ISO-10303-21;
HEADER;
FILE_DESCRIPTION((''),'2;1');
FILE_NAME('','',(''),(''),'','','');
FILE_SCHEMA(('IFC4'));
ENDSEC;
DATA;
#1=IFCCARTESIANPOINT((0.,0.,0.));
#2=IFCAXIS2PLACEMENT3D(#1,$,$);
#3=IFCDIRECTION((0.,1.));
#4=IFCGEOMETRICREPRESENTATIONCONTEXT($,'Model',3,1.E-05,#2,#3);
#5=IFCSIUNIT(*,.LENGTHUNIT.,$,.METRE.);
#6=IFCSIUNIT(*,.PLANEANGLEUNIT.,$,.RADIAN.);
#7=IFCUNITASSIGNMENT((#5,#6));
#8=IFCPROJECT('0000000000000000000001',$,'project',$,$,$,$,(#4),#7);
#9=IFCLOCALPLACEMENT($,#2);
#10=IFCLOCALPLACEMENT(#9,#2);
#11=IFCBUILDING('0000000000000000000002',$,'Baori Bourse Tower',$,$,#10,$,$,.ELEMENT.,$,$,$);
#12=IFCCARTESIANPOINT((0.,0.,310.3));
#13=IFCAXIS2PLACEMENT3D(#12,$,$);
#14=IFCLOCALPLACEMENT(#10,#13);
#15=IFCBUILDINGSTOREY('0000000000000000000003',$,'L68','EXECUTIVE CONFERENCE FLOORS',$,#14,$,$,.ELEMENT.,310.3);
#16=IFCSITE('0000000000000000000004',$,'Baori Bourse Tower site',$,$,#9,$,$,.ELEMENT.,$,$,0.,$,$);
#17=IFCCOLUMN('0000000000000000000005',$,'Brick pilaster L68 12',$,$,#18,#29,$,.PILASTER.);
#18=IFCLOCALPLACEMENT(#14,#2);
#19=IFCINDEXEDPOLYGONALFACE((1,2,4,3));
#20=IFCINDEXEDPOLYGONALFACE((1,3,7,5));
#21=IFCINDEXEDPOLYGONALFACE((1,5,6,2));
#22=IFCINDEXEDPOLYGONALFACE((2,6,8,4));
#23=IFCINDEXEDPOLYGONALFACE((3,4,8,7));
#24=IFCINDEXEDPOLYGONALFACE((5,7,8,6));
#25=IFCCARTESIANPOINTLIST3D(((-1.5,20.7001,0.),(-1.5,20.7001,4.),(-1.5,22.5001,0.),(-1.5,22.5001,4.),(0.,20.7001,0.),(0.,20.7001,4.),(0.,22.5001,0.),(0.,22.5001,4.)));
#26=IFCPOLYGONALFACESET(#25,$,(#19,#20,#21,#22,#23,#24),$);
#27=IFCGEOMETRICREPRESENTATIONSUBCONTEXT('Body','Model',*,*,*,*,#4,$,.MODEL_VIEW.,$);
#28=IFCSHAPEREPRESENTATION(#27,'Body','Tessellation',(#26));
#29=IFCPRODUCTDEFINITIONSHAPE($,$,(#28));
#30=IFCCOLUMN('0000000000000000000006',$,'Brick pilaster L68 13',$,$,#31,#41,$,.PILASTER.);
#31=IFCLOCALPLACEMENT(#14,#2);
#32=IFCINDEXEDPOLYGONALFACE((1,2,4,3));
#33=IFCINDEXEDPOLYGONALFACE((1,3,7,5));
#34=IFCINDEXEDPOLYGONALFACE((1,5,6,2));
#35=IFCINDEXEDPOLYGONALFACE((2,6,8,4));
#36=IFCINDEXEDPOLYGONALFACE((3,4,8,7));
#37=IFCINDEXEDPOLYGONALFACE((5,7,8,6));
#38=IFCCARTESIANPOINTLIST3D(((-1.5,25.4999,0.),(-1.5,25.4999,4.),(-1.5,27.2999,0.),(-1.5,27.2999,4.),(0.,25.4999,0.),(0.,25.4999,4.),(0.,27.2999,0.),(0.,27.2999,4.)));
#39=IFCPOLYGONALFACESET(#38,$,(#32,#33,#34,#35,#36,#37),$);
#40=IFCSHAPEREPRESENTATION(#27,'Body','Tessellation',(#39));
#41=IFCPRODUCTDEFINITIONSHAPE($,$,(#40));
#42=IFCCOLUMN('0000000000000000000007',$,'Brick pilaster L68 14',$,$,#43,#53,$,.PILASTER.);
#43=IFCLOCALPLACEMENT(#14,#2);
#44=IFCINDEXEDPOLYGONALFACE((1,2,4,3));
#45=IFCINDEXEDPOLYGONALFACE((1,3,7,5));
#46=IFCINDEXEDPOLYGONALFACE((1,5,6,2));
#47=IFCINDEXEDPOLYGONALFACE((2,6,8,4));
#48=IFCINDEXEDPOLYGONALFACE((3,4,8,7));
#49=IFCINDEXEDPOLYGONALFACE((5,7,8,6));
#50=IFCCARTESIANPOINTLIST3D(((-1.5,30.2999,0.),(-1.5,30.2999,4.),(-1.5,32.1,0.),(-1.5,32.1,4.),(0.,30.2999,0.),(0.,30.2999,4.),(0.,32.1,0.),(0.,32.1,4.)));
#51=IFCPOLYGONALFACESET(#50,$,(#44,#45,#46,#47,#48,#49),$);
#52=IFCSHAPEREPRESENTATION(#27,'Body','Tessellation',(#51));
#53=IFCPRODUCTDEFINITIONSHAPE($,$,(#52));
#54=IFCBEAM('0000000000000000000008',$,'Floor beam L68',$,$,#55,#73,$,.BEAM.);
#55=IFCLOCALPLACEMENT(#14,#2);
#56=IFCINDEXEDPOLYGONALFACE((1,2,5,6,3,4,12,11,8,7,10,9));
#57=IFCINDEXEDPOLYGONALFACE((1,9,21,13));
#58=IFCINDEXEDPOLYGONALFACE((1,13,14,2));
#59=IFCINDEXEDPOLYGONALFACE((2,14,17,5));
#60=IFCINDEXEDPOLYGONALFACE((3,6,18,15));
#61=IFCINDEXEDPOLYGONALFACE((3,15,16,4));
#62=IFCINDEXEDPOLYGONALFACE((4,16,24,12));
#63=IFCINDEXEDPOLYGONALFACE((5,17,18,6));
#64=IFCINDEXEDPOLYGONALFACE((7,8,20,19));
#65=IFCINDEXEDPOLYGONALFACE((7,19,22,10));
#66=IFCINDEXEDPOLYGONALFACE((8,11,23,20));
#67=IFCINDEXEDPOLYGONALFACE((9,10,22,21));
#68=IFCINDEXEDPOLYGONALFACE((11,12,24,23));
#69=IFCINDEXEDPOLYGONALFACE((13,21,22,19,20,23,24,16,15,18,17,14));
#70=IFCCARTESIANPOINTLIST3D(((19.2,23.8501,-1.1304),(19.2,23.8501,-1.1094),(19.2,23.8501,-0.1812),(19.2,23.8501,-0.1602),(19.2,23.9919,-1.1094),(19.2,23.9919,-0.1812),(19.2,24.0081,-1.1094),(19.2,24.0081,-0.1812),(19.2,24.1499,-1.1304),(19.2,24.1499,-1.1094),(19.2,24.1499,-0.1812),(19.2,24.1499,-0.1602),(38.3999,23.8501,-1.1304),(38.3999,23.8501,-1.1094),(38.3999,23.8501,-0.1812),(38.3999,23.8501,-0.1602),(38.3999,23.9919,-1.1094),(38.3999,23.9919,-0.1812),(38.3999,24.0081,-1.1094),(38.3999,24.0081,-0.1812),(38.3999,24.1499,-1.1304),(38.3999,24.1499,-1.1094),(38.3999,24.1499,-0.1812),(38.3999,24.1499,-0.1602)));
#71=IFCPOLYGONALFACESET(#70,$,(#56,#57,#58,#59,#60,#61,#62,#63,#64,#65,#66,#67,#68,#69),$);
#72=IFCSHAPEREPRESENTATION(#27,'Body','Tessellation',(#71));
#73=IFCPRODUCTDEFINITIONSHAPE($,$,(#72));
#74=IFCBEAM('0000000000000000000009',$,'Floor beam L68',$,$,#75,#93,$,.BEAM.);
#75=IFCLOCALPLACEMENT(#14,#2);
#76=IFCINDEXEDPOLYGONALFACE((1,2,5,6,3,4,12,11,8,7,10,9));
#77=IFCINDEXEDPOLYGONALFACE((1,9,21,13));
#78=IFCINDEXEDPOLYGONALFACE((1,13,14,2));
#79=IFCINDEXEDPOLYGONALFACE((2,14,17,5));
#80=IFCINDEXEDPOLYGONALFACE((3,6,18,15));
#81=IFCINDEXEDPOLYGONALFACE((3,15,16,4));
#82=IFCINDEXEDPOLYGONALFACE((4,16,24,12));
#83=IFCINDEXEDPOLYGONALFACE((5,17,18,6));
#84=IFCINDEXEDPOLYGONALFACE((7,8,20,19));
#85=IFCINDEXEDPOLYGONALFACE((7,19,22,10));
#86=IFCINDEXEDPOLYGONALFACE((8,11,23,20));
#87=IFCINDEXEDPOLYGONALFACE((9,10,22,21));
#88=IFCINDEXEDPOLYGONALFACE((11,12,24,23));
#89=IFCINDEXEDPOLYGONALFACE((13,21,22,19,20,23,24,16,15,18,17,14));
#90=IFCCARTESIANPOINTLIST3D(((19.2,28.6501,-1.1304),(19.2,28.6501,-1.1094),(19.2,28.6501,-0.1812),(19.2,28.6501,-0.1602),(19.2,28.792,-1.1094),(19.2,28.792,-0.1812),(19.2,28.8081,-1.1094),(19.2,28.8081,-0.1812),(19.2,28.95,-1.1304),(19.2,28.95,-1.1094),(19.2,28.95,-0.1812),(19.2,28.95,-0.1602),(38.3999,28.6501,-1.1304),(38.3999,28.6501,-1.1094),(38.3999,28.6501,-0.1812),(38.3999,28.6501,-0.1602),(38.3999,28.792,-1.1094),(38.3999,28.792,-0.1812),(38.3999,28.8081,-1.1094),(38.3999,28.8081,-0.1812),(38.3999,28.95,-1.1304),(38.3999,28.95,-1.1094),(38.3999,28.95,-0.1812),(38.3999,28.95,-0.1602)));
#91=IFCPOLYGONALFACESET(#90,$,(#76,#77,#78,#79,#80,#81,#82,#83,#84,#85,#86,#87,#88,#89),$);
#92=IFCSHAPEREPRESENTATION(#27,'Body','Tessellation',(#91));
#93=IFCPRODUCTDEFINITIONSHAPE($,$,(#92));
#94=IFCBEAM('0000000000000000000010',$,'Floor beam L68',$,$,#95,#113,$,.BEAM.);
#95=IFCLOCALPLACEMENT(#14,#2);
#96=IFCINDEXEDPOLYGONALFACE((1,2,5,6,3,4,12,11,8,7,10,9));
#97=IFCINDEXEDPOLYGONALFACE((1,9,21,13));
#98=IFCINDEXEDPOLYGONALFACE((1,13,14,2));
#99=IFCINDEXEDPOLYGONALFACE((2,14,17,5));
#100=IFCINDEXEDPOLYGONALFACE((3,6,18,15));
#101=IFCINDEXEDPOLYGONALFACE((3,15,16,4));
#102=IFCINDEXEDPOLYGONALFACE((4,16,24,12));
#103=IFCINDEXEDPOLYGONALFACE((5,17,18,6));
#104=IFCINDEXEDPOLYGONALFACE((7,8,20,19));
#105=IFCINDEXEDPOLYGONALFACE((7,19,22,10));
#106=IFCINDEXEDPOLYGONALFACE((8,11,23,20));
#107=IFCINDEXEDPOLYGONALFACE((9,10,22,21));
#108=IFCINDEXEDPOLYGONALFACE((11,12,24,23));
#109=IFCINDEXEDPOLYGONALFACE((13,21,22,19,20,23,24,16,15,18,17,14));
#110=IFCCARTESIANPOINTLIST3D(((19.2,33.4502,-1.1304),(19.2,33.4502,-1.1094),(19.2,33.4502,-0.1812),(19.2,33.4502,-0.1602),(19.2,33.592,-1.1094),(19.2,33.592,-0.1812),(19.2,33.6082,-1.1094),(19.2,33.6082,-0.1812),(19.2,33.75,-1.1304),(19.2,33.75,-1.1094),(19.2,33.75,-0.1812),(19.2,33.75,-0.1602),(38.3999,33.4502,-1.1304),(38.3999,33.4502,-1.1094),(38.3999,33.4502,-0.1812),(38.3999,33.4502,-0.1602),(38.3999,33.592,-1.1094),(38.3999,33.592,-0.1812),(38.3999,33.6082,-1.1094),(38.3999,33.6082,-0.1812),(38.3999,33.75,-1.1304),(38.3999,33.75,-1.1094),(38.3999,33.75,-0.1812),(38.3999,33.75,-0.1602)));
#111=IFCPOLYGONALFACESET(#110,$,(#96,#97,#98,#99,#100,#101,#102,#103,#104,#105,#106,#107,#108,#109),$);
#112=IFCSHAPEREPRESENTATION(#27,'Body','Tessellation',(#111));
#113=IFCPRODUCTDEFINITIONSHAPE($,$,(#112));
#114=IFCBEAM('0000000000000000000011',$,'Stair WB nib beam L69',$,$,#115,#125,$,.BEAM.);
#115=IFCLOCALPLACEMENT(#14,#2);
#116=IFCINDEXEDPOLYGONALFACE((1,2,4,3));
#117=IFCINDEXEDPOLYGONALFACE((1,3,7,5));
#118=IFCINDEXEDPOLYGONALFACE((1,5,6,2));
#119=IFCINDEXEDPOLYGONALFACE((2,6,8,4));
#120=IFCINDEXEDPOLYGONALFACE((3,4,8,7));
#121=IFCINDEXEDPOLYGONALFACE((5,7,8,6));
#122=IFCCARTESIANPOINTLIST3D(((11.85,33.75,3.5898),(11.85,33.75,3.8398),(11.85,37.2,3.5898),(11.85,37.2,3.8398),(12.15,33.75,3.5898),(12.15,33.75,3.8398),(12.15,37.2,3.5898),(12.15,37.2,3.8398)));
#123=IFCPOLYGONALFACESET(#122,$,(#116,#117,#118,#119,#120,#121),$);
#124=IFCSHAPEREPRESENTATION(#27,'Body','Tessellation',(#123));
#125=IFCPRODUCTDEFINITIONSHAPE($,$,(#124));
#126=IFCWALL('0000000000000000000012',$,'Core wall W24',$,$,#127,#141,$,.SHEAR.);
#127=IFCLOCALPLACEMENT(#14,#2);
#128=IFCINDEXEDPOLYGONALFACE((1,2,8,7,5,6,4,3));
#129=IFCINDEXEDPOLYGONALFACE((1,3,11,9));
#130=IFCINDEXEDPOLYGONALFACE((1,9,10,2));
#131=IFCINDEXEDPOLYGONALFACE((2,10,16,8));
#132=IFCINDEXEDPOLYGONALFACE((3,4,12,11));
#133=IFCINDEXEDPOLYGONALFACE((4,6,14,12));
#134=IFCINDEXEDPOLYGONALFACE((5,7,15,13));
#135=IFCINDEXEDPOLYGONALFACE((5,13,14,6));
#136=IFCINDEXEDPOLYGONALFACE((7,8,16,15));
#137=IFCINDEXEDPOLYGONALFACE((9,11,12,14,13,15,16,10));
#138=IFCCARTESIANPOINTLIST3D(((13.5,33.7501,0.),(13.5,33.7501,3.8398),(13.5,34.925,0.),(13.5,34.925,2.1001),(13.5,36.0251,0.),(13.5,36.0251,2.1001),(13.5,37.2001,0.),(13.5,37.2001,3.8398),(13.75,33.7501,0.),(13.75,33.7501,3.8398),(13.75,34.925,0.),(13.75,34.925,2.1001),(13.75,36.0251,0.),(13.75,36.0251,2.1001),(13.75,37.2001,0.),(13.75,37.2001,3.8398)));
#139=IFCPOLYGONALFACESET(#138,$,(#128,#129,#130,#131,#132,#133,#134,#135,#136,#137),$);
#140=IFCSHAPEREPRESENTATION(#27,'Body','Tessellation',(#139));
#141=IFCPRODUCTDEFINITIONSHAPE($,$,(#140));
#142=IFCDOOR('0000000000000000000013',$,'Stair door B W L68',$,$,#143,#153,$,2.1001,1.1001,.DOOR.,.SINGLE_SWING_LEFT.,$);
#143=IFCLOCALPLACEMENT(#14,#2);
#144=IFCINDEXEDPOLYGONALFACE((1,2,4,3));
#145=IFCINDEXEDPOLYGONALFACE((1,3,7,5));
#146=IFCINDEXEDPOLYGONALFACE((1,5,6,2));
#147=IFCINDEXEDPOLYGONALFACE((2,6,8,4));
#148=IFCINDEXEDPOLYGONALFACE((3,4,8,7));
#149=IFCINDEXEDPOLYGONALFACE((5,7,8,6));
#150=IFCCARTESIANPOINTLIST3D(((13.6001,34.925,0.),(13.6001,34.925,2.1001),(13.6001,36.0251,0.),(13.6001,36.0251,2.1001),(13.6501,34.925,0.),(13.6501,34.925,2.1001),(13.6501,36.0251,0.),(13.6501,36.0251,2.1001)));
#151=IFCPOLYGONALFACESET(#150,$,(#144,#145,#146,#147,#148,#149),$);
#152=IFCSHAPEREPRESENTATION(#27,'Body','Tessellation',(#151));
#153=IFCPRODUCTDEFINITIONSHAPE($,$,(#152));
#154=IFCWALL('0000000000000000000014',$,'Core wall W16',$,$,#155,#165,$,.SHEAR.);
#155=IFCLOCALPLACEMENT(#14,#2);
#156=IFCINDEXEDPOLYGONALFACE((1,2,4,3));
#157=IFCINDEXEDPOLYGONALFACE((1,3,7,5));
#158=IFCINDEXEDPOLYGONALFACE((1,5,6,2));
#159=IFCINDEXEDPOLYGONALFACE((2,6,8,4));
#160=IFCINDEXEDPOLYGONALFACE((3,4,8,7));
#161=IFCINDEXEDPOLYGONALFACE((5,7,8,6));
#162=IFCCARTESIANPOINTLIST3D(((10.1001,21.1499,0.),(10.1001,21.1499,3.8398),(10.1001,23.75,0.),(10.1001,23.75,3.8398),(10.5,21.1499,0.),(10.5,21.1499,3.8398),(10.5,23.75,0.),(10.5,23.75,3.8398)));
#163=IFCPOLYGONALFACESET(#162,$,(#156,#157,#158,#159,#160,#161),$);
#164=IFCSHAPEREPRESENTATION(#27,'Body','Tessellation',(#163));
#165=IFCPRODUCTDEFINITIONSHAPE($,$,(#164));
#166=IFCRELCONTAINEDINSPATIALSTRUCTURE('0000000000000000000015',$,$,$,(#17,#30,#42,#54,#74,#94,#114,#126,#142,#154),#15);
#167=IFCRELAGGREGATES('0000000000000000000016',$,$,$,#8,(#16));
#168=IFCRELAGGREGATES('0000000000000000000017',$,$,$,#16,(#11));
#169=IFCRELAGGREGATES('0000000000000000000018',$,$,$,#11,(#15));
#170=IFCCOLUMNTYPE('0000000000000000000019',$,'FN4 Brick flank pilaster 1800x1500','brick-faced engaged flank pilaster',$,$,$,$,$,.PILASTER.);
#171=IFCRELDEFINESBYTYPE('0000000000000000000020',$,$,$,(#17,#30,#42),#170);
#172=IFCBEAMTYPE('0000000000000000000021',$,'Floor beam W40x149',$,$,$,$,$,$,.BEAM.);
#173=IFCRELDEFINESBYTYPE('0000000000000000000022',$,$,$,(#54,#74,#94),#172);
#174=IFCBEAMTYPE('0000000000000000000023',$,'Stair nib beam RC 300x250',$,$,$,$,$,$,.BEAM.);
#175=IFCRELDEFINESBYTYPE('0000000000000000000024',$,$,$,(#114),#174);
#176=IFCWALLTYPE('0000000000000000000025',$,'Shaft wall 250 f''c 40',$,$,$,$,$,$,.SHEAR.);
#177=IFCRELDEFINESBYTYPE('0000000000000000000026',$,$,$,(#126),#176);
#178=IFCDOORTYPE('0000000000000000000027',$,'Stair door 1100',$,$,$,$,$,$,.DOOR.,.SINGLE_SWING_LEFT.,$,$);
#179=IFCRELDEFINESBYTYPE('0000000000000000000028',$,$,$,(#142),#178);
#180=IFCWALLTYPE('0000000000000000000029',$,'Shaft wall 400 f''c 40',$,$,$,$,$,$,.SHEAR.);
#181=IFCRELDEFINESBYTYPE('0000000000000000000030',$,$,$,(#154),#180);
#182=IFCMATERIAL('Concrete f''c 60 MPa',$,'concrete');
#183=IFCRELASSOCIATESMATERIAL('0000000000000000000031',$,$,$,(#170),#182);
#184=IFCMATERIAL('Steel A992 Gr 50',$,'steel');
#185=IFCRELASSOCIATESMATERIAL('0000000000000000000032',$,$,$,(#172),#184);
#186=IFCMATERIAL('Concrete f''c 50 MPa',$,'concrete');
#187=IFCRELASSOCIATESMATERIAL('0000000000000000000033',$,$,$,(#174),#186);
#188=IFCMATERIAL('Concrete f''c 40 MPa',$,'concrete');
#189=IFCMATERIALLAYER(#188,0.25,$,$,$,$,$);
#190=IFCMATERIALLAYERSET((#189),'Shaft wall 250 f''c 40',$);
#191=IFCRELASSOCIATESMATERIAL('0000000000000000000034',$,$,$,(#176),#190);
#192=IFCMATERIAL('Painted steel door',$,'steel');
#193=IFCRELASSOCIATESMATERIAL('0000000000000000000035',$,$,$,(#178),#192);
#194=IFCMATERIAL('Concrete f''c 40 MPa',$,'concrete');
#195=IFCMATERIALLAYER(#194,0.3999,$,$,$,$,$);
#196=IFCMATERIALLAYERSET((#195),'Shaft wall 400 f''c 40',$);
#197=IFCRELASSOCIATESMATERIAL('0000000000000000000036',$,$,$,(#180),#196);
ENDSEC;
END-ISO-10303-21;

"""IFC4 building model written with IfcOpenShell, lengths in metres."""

from ifc_helpers import new_model, si_unit, direction, frame, frame_2d, origin, origin_2d, place, context, subcontext, project, spatial, rectangle, i_section, extrude, material, layer, layer_set, material_profile, profile_set, type_object, element, fill, save


model = new_model("IFC4")

# Units and contexts
model_context = context("Model", 3, precision=1e-05, world=origin(), true_north=direction((0.0, 1.0)))
body_context = subcontext(model_context, "Body", "Model", "MODEL_VIEW")
ifc_project = project(units=[si_unit("LENGTHUNIT", "METRE"), si_unit("PLANEANGLEUNIT", "RADIAN")], contexts=[model_context])

# Site, building, storey
site_placement = place(None, origin())
site = spatial("IfcSite", under=ifc_project, at=site_placement, Name="Baori Bourse Tower site", CompositionType="ELEMENT", RefElevation=0.0)
building_placement = place(site_placement, origin())
building = spatial("IfcBuilding", under=site, at=building_placement, Name="Baori Bourse Tower", CompositionType="ELEMENT")
storey_placement = place(building_placement, frame((0.0, 0.0, 310.3)))
storey = spatial("IfcBuildingStorey", under=building, at=storey_placement, Name="L68", Description="EXECUTIVE CONFERENCE FLOORS", CompositionType="ELEMENT", Elevation=310.3)

# Columns
ifc_material_1 = material(Name="Concrete f'c 60 MPa", Category="concrete")
ifc_material_profile_1 = material_profile(ifc_material_1, rectangle(XDim=1.8, YDim=1.5, at=origin_2d()), Name="RC 1800x1500")
ifc_profile_set_1 = profile_set([ifc_material_profile_1], Name="Concrete f'c 60 MPa")
column_type = type_object("IfcColumnType", Name="FN4 Brick flank pilaster 1800x1500", Description="brick-faced engaged flank pilaster", PredefinedType="PILASTER", material=ifc_profile_set_1)
for number, where, z_axis, x_axis, name in (
    (1, (-0.75, 21.6001, 0.0), (0.0, 0.0, 1.0), (0.0, 1.0, 0.0), "Brick pilaster L68 12"),
    (2, (-0.75, 26.3999, 0.0), (0.0, 0.0, 1.0), (0.0, 1.0, 0.0), "Brick pilaster L68 13"),
    (3, (-0.75, 31.2, 0.0), (0.0, 0.0, 1.0), (0.0, 1.0, 0.0), "Brick pilaster L68 14"),
):
    element("IfcColumn", number, at=place(storey_placement, frame(where, z_axis=z_axis, x_axis=x_axis)), inside=storey, type_object=column_type, Name=name, PredefinedType="PILASTER", context=body_context, shape_type="SweptSolid", body=[
        extrude(rectangle(XDim=1.8, YDim=1.5, at=origin_2d()), origin(), (0.0, 0.0, 1.0), 4.0),
    ])

# Beams
ifc_material_2 = material(Name="Steel A992 Gr 50", Category="steel")
ifc_material_profile_2 = material_profile(ifc_material_2, i_section(OverallWidth=0.2998, OverallDepth=0.9702, WebThickness=0.0161, FlangeThickness=0.021, at=origin_2d()), Name="W40x149")
ifc_profile_set_2 = profile_set([ifc_material_profile_2], Name="Steel A992 Gr 50")
beam_type_1 = type_object("IfcBeamType", Name="Floor beam W40x149", PredefinedType="BEAM", material=ifc_profile_set_2)
for number, where, z_axis, x_axis, name in (
    (4, (19.2, 24.0, -0.6453), (1.0, 0.0, 0.0), (0.0, 1.0, 0.0), "Floor beam L68"),
    (5, (19.2, 28.8, -0.6453), (1.0, 0.0, 0.0), (0.0, 1.0, 0.0), "Floor beam L68"),
    (6, (19.2, 33.6001, -0.6453), (1.0, 0.0, 0.0), (0.0, 1.0, 0.0), "Floor beam L68"),
):
    element("IfcBeam", number, at=place(storey_placement, frame(where, z_axis=z_axis, x_axis=x_axis)), inside=storey, type_object=beam_type_1, Name=name, PredefinedType="BEAM", context=body_context, shape_type="SweptSolid", body=[
        extrude(i_section(OverallWidth=0.2998, OverallDepth=0.9702, WebThickness=0.0161, FlangeThickness=0.021, at=origin_2d()), origin(), (0.0, 0.0, 1.0), 19.2),
    ])
ifc_material_3 = material(Name="Concrete f'c 50 MPa", Category="concrete")
ifc_material_profile_3 = material_profile(ifc_material_3, rectangle(XDim=0.3, YDim=0.25, at=origin_2d()), Name="RC 300x250")
ifc_profile_set_3 = profile_set([ifc_material_profile_3], Name="Concrete f'c 50 MPa")
beam_type_2 = type_object("IfcBeamType", Name="Stair nib beam RC 300x250", PredefinedType="BEAM", material=ifc_profile_set_3)
beam_placement = place(storey_placement, frame((12.0, 33.75, 3.7148), z_axis=(0.0, 1.0, 0.0), x_axis=(-1.0, 0.0, 0.0)))
element("IfcBeam", 7, at=beam_placement, inside=storey, type_object=beam_type_2, Name="Stair WB nib beam L69", PredefinedType="BEAM", context=body_context, shape_type="SweptSolid", body=[
    extrude(rectangle(XDim=0.3, YDim=0.25, at=origin_2d()), origin(), (0.0, 0.0, 1.0), 3.45),
])

# Wall, opening, door
ifc_material_4 = material(Name="Concrete f'c 40 MPa", Category="concrete")
ifc_layer_1 = layer(ifc_material_4, 0.25)
ifc_layer_set_1 = layer_set([ifc_layer_1], Name="Shaft wall 250 f'c 40")
wall_type_1 = type_object("IfcWallType", Name="Shaft wall 250 f'c 40", PredefinedType="SHEAR", material=ifc_layer_set_1)
wall_1_placement = place(storey_placement, frame((13.625, 33.75, 0.0), z_axis=(0.0, 0.0, 1.0), x_axis=(0.0, 1.0, 0.0)))
wall_1 = element("IfcWall", 8, at=wall_1_placement, inside=storey, type_object=wall_type_1, Name="Core wall W24", PredefinedType="SHEAR", context=body_context, shape_type="SweptSolid", body=[
    extrude(rectangle(XDim=3.45, YDim=0.25, at=frame_2d((1.7251, 0.0))), origin(), (0.0, 0.0, 1.0), 3.8398),
])
opening_1_placement = place(wall_1_placement, frame((1.175, 0.0, 0.0)))
opening_1 = element("IfcOpeningElement", 9, at=opening_1_placement, cuts=wall_1, PredefinedType="OPENING", context=body_context, shape_type="SweptSolid", body=[
    extrude(rectangle(XDim=1.1001, YDim=2.1001, at=frame_2d((0.55, 1.05))), frame((0.0, 0.135, 0.0), z_axis=(0.0, -1.0, 0.0), x_axis=(1.0, 0.0, 0.0)), (0.0, 0.0, 1.0), 0.27),
])
ifc_material_5 = material(Name="Painted steel door", Category="steel")
door_type_1 = type_object("IfcDoorType", Name="Stair door 1100", OperationType="SINGLE_SWING_LEFT", PredefinedType="DOOR", material=ifc_material_5)
door_1_placement = place(opening_1_placement, origin())
door_1 = element("IfcDoor", 10, at=door_1_placement, inside=storey, type_object=door_type_1, Name="Stair door B W L68", OperationType="SINGLE_SWING_LEFT", OverallHeight=2.1001, OverallWidth=1.1001, PredefinedType="DOOR", context=body_context, shape_type="SweptSolid", body=[
    extrude(rectangle(XDim=1.1001, YDim=2.1001, at=frame_2d((0.55, 1.05))), frame((0.0, 0.0249, 0.0), z_axis=(0.0, -1.0, 0.0), x_axis=(1.0, 0.0, 0.0)), (0.0, 0.0, 1.0), 0.05),
])
fill(opening_1, door_1)

# Wall
ifc_material_6 = material(Name="Concrete f'c 40 MPa", Category="concrete")
ifc_layer_2 = layer(ifc_material_6, 0.3999)
ifc_layer_set_2 = layer_set([ifc_layer_2], Name="Shaft wall 400 f'c 40")
wall_type_2 = type_object("IfcWallType", Name="Shaft wall 400 f'c 40", PredefinedType="SHEAR", material=ifc_layer_set_2)
wall_2_placement = place(storey_placement, frame((10.3, 21.1499, 0.0), z_axis=(0.0, 0.0, 1.0), x_axis=(0.0, 1.0, 0.0)))
element("IfcWall", 11, at=wall_2_placement, inside=storey, type_object=wall_type_2, Name="Core wall W16", PredefinedType="SHEAR", context=body_context, shape_type="SweptSolid", body=[
    extrude(rectangle(XDim=2.6001, YDim=0.3999, at=frame_2d((1.3, 0.0))), origin(), (0.0, 0.0, 1.0), 3.8398),
])

save(model, "model.ifc")
